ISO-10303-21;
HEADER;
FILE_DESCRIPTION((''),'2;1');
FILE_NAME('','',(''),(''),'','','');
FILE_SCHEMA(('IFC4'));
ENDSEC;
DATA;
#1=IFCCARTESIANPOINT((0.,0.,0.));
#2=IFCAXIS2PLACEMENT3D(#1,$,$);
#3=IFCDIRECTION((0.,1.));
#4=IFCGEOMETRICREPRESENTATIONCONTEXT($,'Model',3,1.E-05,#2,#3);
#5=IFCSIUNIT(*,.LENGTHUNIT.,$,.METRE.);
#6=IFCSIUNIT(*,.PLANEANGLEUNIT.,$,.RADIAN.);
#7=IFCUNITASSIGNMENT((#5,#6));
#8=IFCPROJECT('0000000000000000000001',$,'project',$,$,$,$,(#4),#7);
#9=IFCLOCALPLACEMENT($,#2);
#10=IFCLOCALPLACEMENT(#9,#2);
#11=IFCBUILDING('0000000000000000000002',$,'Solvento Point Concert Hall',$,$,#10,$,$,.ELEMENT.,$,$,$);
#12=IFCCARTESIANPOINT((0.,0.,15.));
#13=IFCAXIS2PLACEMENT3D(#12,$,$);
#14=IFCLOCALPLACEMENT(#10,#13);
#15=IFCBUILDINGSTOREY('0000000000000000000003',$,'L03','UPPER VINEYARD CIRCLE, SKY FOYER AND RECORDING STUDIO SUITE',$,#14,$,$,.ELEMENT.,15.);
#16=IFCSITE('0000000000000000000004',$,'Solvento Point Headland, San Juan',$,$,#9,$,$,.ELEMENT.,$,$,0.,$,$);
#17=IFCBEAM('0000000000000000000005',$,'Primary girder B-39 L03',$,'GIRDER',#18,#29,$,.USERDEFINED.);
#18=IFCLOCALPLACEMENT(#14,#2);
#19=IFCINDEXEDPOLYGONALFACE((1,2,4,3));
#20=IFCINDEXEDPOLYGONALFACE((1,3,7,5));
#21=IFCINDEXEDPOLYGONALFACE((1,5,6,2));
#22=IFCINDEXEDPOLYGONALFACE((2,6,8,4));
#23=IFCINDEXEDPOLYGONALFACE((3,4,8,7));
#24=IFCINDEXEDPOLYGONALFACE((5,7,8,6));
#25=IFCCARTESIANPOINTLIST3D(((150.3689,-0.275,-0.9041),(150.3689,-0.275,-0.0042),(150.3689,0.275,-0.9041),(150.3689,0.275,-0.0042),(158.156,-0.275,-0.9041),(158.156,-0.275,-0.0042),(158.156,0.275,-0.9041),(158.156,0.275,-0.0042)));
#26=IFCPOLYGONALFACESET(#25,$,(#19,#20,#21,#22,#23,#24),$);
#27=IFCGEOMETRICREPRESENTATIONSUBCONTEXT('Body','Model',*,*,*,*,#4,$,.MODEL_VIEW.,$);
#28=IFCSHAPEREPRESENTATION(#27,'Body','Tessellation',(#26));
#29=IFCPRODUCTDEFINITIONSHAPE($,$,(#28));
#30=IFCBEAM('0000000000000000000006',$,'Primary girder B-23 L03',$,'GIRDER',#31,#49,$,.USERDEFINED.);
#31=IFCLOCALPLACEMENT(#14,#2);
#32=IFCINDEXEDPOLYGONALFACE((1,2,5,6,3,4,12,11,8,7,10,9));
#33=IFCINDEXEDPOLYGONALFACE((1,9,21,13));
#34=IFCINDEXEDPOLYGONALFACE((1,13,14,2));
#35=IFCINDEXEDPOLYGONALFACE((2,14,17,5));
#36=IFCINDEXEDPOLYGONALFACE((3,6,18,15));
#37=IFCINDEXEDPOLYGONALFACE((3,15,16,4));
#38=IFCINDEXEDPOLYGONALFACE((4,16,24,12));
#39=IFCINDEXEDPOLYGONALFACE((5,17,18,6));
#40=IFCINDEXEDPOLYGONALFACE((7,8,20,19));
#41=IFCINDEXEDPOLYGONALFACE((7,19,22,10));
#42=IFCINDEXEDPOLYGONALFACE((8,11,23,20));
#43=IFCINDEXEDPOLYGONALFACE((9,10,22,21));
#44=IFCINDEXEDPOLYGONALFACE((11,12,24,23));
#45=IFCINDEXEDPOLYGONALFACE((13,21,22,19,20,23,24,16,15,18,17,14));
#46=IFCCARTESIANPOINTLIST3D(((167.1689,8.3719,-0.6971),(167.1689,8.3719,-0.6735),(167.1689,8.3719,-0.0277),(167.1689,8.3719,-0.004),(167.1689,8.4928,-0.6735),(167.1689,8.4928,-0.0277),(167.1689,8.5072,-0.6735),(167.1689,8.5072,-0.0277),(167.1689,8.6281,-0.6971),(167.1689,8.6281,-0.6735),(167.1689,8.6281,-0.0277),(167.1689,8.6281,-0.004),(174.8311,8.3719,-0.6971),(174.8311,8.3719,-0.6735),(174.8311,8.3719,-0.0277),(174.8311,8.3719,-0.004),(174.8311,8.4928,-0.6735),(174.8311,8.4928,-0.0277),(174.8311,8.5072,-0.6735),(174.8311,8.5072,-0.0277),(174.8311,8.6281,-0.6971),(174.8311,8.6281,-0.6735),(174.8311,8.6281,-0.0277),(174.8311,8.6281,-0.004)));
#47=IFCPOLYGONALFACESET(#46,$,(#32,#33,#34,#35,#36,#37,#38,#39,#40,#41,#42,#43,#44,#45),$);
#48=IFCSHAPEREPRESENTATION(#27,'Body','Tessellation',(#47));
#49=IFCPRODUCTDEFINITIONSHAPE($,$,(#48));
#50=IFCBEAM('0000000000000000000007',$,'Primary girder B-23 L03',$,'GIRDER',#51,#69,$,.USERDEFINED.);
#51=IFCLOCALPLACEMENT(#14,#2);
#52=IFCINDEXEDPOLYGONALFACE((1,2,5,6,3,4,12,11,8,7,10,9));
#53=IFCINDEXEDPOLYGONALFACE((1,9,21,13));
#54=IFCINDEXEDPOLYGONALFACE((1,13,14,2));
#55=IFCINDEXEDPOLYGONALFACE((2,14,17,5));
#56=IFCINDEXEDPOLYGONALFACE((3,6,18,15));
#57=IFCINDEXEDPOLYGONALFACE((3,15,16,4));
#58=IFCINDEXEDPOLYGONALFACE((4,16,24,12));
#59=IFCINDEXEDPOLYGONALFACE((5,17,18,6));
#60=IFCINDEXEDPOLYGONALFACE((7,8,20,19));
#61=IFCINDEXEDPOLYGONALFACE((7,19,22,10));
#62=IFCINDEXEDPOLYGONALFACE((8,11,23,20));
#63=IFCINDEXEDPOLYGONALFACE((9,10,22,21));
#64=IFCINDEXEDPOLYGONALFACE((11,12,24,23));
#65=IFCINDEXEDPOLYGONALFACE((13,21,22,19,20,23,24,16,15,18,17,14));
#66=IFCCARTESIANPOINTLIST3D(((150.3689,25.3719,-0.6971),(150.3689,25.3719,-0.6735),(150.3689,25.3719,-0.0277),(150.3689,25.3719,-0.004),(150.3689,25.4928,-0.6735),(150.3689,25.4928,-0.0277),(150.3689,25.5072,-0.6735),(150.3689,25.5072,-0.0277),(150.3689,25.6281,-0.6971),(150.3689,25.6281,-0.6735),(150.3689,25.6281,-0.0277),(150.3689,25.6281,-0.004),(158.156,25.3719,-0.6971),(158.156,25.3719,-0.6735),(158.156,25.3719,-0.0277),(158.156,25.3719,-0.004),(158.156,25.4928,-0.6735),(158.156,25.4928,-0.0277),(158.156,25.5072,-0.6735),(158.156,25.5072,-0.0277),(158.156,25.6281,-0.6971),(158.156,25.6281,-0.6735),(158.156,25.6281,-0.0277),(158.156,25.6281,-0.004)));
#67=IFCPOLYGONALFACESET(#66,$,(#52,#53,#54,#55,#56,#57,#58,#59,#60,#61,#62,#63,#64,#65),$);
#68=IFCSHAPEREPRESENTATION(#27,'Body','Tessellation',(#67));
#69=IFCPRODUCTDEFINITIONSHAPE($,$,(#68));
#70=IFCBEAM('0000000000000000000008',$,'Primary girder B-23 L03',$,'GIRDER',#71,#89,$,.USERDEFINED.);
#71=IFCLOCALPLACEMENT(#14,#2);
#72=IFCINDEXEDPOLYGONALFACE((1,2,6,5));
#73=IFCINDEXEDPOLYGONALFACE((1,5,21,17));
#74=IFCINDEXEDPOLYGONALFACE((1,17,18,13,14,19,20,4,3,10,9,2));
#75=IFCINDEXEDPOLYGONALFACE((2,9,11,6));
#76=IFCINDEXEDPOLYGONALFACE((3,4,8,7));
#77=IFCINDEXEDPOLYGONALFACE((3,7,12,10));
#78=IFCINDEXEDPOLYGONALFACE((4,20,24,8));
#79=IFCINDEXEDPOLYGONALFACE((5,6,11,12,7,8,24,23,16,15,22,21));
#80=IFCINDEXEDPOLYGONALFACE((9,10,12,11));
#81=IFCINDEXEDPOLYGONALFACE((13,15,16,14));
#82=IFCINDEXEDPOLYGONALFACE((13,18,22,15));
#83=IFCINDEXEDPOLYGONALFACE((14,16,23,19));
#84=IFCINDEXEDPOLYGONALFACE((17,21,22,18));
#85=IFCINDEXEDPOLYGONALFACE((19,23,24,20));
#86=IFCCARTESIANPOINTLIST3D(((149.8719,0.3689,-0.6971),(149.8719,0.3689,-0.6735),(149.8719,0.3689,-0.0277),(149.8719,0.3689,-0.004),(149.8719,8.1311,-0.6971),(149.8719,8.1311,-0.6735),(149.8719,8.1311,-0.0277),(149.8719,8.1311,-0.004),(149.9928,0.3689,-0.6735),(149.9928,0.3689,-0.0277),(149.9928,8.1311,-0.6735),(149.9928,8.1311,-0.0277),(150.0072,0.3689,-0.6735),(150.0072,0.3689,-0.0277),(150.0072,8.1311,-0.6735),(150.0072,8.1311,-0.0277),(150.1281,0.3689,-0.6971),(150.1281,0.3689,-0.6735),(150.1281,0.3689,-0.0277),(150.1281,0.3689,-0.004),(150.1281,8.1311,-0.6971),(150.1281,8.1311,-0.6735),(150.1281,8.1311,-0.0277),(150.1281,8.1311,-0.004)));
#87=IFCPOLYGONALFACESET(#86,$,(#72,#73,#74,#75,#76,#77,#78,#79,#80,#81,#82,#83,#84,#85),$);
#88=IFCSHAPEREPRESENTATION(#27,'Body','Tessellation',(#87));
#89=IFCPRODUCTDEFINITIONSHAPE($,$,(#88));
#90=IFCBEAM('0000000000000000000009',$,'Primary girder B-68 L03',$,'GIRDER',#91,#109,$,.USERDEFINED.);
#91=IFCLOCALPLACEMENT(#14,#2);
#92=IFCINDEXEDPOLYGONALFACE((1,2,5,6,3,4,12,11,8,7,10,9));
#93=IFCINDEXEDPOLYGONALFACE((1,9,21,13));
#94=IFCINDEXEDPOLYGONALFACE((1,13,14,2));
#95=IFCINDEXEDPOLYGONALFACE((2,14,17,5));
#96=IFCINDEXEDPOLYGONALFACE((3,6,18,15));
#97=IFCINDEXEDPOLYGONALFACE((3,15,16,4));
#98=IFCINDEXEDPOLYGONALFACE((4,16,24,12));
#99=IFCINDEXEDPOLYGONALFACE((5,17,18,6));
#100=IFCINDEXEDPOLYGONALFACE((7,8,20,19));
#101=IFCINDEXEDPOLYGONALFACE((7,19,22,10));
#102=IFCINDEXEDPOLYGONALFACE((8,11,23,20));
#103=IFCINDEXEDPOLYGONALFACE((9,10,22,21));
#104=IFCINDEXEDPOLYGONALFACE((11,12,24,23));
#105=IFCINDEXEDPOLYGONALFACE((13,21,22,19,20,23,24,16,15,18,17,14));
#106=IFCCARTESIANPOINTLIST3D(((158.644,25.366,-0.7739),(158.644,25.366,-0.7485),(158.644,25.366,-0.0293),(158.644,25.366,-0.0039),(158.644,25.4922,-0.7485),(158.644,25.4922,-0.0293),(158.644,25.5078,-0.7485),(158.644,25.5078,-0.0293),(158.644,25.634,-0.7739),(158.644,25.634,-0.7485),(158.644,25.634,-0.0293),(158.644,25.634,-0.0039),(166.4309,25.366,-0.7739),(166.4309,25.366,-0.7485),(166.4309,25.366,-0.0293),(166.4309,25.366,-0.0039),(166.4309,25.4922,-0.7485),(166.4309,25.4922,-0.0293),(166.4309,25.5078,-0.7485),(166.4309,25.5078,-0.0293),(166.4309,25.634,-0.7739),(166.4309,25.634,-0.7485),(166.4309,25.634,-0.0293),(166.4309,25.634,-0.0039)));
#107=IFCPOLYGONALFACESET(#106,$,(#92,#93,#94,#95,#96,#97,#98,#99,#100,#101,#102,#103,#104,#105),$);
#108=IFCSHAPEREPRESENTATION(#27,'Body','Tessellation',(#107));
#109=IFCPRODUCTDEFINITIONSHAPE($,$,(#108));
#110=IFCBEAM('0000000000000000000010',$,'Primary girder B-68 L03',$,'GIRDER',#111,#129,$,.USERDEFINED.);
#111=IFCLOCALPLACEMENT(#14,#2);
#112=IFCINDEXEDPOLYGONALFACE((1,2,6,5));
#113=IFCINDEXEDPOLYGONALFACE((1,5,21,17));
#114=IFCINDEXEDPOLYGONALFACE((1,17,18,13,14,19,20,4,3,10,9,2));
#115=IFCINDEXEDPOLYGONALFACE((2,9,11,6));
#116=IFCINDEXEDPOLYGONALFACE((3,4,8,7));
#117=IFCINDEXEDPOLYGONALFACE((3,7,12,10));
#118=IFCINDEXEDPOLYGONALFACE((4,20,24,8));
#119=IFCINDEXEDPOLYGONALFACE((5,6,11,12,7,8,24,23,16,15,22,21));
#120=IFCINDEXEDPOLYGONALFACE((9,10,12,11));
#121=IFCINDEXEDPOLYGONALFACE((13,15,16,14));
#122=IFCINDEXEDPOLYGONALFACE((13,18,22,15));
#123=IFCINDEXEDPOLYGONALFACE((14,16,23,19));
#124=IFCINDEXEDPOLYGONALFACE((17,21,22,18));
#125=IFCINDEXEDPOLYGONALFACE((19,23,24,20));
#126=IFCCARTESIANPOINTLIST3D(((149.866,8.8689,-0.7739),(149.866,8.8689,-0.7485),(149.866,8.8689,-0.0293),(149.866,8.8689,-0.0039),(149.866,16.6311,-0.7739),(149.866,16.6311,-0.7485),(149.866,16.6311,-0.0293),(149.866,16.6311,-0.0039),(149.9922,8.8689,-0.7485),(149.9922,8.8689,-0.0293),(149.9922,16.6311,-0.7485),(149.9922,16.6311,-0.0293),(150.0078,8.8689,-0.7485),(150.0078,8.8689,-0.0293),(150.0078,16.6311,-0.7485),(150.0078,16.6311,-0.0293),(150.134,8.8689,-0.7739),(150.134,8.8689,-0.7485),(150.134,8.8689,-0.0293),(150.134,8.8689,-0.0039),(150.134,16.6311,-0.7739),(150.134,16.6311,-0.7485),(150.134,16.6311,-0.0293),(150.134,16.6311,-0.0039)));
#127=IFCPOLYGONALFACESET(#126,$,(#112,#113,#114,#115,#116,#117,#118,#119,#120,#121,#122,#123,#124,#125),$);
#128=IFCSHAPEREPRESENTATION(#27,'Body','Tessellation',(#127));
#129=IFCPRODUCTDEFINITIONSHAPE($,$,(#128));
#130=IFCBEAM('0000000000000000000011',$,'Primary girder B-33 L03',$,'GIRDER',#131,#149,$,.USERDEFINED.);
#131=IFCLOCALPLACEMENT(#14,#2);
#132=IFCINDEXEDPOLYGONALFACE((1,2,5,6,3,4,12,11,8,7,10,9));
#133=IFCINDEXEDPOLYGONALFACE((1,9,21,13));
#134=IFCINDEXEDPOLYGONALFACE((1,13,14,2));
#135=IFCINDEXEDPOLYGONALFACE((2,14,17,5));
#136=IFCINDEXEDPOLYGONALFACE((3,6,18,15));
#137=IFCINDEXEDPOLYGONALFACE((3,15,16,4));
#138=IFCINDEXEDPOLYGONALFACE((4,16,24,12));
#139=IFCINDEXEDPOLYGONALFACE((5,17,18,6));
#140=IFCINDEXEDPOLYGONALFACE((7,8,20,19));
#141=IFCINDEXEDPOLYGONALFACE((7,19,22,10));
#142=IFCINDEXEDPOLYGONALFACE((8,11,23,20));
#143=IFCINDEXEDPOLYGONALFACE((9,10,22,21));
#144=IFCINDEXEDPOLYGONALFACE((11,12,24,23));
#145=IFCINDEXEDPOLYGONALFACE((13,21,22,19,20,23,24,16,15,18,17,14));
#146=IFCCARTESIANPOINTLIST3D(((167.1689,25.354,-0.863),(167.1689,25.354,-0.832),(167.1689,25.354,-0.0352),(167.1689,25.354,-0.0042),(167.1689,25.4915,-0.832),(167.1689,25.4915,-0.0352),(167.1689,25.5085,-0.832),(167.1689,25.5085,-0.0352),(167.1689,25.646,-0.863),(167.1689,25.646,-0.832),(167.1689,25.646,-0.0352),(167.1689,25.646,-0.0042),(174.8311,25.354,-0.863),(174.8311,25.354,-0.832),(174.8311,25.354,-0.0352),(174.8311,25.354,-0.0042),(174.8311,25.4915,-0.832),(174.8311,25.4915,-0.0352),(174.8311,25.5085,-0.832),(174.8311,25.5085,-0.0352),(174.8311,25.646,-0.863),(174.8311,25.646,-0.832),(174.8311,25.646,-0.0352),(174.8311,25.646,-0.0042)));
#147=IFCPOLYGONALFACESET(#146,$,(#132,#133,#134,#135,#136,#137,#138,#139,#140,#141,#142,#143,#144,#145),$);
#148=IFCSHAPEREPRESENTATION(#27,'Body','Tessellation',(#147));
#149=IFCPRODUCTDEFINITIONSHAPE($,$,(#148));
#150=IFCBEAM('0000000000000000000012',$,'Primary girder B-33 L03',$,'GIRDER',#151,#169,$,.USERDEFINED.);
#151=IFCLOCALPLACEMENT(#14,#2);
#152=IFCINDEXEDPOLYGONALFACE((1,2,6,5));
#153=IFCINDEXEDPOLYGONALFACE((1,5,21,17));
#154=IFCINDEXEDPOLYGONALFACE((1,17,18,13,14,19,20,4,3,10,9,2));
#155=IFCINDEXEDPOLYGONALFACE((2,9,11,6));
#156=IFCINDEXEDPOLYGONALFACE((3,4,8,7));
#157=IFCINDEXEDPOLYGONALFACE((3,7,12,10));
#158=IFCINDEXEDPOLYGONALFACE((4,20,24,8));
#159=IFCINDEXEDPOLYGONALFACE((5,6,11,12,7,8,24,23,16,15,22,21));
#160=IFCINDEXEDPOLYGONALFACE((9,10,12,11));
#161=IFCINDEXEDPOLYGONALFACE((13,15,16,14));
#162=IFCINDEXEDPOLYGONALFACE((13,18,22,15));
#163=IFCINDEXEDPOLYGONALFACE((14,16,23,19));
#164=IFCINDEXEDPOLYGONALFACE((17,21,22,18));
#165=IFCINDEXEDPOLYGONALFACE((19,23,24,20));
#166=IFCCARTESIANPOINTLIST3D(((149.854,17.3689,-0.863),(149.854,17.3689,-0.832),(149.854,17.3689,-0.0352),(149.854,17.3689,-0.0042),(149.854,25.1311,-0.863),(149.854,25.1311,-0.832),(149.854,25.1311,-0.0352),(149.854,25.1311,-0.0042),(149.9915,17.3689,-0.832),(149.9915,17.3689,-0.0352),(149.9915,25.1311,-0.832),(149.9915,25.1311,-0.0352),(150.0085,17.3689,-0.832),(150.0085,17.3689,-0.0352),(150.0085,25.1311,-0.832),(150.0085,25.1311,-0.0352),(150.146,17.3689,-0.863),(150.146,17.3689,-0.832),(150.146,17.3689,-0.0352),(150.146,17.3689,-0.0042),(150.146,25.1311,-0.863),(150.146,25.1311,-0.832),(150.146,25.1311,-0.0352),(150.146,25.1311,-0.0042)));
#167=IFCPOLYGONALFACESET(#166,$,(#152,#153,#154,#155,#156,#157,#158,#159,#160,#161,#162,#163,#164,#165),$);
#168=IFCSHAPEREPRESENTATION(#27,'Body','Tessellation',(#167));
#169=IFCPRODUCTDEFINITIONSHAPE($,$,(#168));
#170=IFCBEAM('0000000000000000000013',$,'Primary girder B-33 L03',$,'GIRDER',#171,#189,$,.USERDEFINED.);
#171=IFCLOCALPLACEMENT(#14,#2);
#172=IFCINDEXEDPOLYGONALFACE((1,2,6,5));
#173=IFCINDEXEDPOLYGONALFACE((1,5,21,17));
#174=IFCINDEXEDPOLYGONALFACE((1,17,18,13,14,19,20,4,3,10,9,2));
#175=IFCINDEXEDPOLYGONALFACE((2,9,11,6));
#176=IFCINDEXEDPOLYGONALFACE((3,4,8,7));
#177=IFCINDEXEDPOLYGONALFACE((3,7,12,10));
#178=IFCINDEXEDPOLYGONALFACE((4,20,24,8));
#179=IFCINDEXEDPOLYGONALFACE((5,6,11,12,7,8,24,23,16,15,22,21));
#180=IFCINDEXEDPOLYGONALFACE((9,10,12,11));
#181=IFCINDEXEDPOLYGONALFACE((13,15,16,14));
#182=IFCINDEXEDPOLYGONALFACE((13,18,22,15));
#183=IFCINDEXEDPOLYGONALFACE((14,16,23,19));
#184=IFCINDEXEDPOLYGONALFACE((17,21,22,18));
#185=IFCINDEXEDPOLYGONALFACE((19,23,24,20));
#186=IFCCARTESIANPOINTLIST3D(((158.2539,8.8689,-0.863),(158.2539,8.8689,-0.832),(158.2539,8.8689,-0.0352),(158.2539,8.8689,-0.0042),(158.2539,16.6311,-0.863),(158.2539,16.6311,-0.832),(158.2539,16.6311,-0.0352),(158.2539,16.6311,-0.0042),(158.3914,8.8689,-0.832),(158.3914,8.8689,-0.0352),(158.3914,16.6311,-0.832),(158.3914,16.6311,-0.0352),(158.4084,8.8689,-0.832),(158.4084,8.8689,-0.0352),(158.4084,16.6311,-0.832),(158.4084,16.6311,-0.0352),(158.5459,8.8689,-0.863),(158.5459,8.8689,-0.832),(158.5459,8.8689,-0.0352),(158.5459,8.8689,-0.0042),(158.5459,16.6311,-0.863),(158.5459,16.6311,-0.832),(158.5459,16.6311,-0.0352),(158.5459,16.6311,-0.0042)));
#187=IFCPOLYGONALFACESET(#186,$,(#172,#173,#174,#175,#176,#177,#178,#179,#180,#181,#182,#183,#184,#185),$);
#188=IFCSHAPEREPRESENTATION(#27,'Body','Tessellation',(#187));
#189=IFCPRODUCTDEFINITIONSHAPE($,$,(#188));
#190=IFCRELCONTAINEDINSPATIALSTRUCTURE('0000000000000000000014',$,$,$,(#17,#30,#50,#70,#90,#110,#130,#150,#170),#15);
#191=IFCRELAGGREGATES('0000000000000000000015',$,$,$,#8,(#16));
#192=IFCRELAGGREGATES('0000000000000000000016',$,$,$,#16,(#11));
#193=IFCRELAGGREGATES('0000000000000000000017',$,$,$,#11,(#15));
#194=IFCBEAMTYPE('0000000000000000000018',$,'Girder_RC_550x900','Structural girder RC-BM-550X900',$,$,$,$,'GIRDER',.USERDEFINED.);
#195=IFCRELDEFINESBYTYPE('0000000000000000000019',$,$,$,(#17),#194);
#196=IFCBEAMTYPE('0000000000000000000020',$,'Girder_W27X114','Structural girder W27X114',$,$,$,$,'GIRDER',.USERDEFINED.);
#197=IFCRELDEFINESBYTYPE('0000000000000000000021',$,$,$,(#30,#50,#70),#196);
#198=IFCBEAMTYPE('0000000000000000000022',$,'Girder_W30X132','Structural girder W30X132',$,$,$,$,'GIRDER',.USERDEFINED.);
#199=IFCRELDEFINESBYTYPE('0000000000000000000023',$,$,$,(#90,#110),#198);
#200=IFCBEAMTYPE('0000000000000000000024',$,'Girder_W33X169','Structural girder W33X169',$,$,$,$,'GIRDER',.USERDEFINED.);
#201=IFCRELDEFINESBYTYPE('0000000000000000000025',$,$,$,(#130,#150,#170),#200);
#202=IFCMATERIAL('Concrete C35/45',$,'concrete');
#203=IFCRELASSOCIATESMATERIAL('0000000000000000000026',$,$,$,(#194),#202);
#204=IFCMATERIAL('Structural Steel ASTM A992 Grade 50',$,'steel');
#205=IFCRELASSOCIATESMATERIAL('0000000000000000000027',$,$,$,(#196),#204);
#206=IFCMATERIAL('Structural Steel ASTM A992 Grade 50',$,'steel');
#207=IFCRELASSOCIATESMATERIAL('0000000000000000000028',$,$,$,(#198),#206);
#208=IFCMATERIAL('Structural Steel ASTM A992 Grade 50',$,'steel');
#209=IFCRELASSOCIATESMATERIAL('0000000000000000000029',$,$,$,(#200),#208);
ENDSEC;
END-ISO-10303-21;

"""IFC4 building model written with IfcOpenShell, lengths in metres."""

from ifc_helpers import new_model, si_unit, direction, frame, origin, origin_2d, place, context, subcontext, project, spatial, rectangle, i_section, extrude, material, material_profile, profile_set, type_object, element, save


model = new_model("IFC4")

# Units and contexts
model_context = context("Model", 3, precision=1e-05, world=origin(), true_north=direction((0.0, 1.0)))
body_context = subcontext(model_context, "Body", "Model", "MODEL_VIEW")
ifc_project = project(units=[si_unit("LENGTHUNIT", "METRE"), si_unit("PLANEANGLEUNIT", "RADIAN")], contexts=[model_context])

# Site, building, storey
site_placement = place(None, origin())
site = spatial("IfcSite", under=ifc_project, at=site_placement, Name="Solvento Point Headland, San Juan", CompositionType="ELEMENT", RefElevation=0.0)
building_placement = place(site_placement, origin())
building = spatial("IfcBuilding", under=site, at=building_placement, Name="Solvento Point Concert Hall", CompositionType="ELEMENT")
storey_placement = place(building_placement, frame((0.0, 0.0, 15.0)))
storey = spatial("IfcBuildingStorey", under=building, at=storey_placement, Name="L03", Description="UPPER VINEYARD CIRCLE, SKY FOYER AND RECORDING STUDIO SUITE", CompositionType="ELEMENT", Elevation=15.0)

# Beams
ifc_material_1 = material(Name="Concrete C35/45", Category="concrete")
ifc_material_profile_1 = material_profile(ifc_material_1, rectangle(XDim=0.55, YDim=0.8999, at=origin_2d()), Name="RC-BM-550X900")
ifc_profile_set_1 = profile_set([ifc_material_profile_1], Name="Concrete C35/45")
beam_type_1 = type_object("IfcBeamType", Name="Girder_RC_550x900", Description="Structural girder RC-BM-550X900", ElementType="GIRDER", PredefinedType="USERDEFINED", material=ifc_profile_set_1)
beam_1_placement = place(storey_placement, frame((150.3689, 0.0, -0.4541), z_axis=(1.0, 0.0, 0.0), x_axis=(0.0, 1.0, 0.0)))
element("IfcBeam", 1, at=beam_1_placement, inside=storey, type_object=beam_type_1, Name="Primary girder B-39 L03", ObjectType="GIRDER", PredefinedType="USERDEFINED", context=body_context, shape_type="SweptSolid", body=[
    extrude(rectangle(XDim=0.55, YDim=0.8999, at=origin_2d()), origin(), (0.0, 0.0, 1.0), 7.7871),
])
ifc_material_2 = material(Name="Structural Steel ASTM A992 Grade 50", Category="steel")
ifc_material_profile_2 = material_profile(ifc_material_2, i_section(OverallWidth=0.2561, OverallDepth=0.6931, WebThickness=0.0144, FlangeThickness=0.0237, at=origin_2d()), Name="W27X114")
ifc_profile_set_2 = profile_set([ifc_material_profile_2], Name="Structural Steel ASTM A992 Grade 50")
beam_type_2 = type_object("IfcBeamType", Name="Girder_W27X114", Description="Structural girder W27X114", ElementType="GIRDER", PredefinedType="USERDEFINED", material=ifc_profile_set_2)
beam_2_placement = place(storey_placement, frame((167.1689, 8.5, -0.3506), z_axis=(1.0, 0.0, 0.0), x_axis=(0.0, 1.0, 0.0)))
element("IfcBeam", 2, at=beam_2_placement, inside=storey, type_object=beam_type_2, Name="Primary girder B-23 L03", ObjectType="GIRDER", PredefinedType="USERDEFINED", context=body_context, shape_type="SweptSolid", body=[
    extrude(i_section(OverallWidth=0.2561, OverallDepth=0.6931, WebThickness=0.0144, FlangeThickness=0.0237, at=origin_2d()), origin(), (0.0, 0.0, 1.0), 7.6621),
])
beam_3_placement = place(storey_placement, frame((150.3689, 25.5, -0.3506), z_axis=(1.0, 0.0, 0.0), x_axis=(0.0, 1.0, 0.0)))
element("IfcBeam", 3, at=beam_3_placement, inside=storey, type_object=beam_type_2, Name="Primary girder B-23 L03", ObjectType="GIRDER", PredefinedType="USERDEFINED", context=body_context, shape_type="SweptSolid", body=[
    extrude(i_section(OverallWidth=0.2561, OverallDepth=0.6931, WebThickness=0.0144, FlangeThickness=0.0237, at=origin_2d()), origin(), (0.0, 0.0, 1.0), 7.7871),
])
beam_4_placement = place(storey_placement, frame((150.0, 0.3689, -0.3506), z_axis=(0.0, 1.0, 0.0), x_axis=(-1.0, 0.0, 0.0)))
element("IfcBeam", 4, at=beam_4_placement, inside=storey, type_object=beam_type_2, Name="Primary girder B-23 L03", ObjectType="GIRDER", PredefinedType="USERDEFINED", context=body_context, shape_type="SweptSolid", body=[
    extrude(i_section(OverallWidth=0.2561, OverallDepth=0.6931, WebThickness=0.0144, FlangeThickness=0.0237, at=origin_2d()), origin(), (0.0, 0.0, 1.0), 7.7622),
])
ifc_material_3 = material(Name="Structural Steel ASTM A992 Grade 50", Category="steel")
ifc_material_profile_3 = material_profile(ifc_material_3, i_section(OverallWidth=0.2681, OverallDepth=0.77, WebThickness=0.0156, FlangeThickness=0.0254, at=origin_2d()), Name="W30X132")
ifc_profile_set_3 = profile_set([ifc_material_profile_3], Name="Structural Steel ASTM A992 Grade 50")
beam_type_3 = type_object("IfcBeamType", Name="Girder_W30X132", Description="Structural girder W30X132", ElementType="GIRDER", PredefinedType="USERDEFINED", material=ifc_profile_set_3)
beam_5_placement = place(storey_placement, frame((158.644, 25.5, -0.3889), z_axis=(1.0, 0.0, 0.0), x_axis=(0.0, 1.0, 0.0)))
element("IfcBeam", 5, at=beam_5_placement, inside=storey, type_object=beam_type_3, Name="Primary girder B-68 L03", ObjectType="GIRDER", PredefinedType="USERDEFINED", context=body_context, shape_type="SweptSolid", body=[
    extrude(i_section(OverallWidth=0.2681, OverallDepth=0.77, WebThickness=0.0156, FlangeThickness=0.0254, at=origin_2d()), origin(), (0.0, 0.0, 1.0), 7.7869),
])
beam_6_placement = place(storey_placement, frame((150.0, 8.8689, -0.3889), z_axis=(0.0, 1.0, 0.0), x_axis=(-1.0, 0.0, 0.0)))
element("IfcBeam", 6, at=beam_6_placement, inside=storey, type_object=beam_type_3, Name="Primary girder B-68 L03", ObjectType="GIRDER", PredefinedType="USERDEFINED", context=body_context, shape_type="SweptSolid", body=[
    extrude(i_section(OverallWidth=0.2681, OverallDepth=0.77, WebThickness=0.0156, FlangeThickness=0.0254, at=origin_2d()), origin(), (0.0, 0.0, 1.0), 7.7622),
])
ifc_material_4 = material(Name="Structural Steel ASTM A992 Grade 50", Category="steel")
ifc_material_profile_4 = material_profile(ifc_material_4, i_section(OverallWidth=0.292, OverallDepth=0.8589, WebThickness=0.0171, FlangeThickness=0.031, at=origin_2d()), Name="W33X169")
ifc_profile_set_4 = profile_set([ifc_material_profile_4], Name="Structural Steel ASTM A992 Grade 50")
beam_type_4 = type_object("IfcBeamType", Name="Girder_W33X169", Description="Structural girder W33X169", ElementType="GIRDER", PredefinedType="USERDEFINED", material=ifc_profile_set_4)
beam_7_placement = place(storey_placement, frame((167.1689, 25.5, -0.4336), z_axis=(1.0, 0.0, 0.0), x_axis=(0.0, 1.0, 0.0)))
element("IfcBeam", 7, at=beam_7_placement, inside=storey, type_object=beam_type_4, Name="Primary girder B-33 L03", ObjectType="GIRDER", PredefinedType="USERDEFINED", context=body_context, shape_type="SweptSolid", body=[
    extrude(i_section(OverallWidth=0.292, OverallDepth=0.8589, WebThickness=0.0171, FlangeThickness=0.031, at=origin_2d()), origin(), (0.0, 0.0, 1.0), 7.6621),
])
for number, where, z_axis, x_axis, name in (
    (8, (150.0, 17.3689, -0.4336), (0.0, 1.0, 0.0), (-1.0, 0.0, 0.0), "Primary girder B-33 L03"),
    (9, (158.3999, 8.8689, -0.4336), (0.0, 1.0, 0.0), (-1.0, 0.0, 0.0), "Primary girder B-33 L03"),
):
    element("IfcBeam", number, at=place(storey_placement, frame(where, z_axis=z_axis, x_axis=x_axis)), inside=storey, type_object=beam_type_4, Name=name, ObjectType="GIRDER", PredefinedType="USERDEFINED", context=body_context, shape_type="SweptSolid", body=[
        extrude(i_section(OverallWidth=0.292, OverallDepth=0.8589, WebThickness=0.0171, FlangeThickness=0.031, at=origin_2d()), origin(), (0.0, 0.0, 1.0), 7.7622),
    ])

save(model, "model.ifc")
